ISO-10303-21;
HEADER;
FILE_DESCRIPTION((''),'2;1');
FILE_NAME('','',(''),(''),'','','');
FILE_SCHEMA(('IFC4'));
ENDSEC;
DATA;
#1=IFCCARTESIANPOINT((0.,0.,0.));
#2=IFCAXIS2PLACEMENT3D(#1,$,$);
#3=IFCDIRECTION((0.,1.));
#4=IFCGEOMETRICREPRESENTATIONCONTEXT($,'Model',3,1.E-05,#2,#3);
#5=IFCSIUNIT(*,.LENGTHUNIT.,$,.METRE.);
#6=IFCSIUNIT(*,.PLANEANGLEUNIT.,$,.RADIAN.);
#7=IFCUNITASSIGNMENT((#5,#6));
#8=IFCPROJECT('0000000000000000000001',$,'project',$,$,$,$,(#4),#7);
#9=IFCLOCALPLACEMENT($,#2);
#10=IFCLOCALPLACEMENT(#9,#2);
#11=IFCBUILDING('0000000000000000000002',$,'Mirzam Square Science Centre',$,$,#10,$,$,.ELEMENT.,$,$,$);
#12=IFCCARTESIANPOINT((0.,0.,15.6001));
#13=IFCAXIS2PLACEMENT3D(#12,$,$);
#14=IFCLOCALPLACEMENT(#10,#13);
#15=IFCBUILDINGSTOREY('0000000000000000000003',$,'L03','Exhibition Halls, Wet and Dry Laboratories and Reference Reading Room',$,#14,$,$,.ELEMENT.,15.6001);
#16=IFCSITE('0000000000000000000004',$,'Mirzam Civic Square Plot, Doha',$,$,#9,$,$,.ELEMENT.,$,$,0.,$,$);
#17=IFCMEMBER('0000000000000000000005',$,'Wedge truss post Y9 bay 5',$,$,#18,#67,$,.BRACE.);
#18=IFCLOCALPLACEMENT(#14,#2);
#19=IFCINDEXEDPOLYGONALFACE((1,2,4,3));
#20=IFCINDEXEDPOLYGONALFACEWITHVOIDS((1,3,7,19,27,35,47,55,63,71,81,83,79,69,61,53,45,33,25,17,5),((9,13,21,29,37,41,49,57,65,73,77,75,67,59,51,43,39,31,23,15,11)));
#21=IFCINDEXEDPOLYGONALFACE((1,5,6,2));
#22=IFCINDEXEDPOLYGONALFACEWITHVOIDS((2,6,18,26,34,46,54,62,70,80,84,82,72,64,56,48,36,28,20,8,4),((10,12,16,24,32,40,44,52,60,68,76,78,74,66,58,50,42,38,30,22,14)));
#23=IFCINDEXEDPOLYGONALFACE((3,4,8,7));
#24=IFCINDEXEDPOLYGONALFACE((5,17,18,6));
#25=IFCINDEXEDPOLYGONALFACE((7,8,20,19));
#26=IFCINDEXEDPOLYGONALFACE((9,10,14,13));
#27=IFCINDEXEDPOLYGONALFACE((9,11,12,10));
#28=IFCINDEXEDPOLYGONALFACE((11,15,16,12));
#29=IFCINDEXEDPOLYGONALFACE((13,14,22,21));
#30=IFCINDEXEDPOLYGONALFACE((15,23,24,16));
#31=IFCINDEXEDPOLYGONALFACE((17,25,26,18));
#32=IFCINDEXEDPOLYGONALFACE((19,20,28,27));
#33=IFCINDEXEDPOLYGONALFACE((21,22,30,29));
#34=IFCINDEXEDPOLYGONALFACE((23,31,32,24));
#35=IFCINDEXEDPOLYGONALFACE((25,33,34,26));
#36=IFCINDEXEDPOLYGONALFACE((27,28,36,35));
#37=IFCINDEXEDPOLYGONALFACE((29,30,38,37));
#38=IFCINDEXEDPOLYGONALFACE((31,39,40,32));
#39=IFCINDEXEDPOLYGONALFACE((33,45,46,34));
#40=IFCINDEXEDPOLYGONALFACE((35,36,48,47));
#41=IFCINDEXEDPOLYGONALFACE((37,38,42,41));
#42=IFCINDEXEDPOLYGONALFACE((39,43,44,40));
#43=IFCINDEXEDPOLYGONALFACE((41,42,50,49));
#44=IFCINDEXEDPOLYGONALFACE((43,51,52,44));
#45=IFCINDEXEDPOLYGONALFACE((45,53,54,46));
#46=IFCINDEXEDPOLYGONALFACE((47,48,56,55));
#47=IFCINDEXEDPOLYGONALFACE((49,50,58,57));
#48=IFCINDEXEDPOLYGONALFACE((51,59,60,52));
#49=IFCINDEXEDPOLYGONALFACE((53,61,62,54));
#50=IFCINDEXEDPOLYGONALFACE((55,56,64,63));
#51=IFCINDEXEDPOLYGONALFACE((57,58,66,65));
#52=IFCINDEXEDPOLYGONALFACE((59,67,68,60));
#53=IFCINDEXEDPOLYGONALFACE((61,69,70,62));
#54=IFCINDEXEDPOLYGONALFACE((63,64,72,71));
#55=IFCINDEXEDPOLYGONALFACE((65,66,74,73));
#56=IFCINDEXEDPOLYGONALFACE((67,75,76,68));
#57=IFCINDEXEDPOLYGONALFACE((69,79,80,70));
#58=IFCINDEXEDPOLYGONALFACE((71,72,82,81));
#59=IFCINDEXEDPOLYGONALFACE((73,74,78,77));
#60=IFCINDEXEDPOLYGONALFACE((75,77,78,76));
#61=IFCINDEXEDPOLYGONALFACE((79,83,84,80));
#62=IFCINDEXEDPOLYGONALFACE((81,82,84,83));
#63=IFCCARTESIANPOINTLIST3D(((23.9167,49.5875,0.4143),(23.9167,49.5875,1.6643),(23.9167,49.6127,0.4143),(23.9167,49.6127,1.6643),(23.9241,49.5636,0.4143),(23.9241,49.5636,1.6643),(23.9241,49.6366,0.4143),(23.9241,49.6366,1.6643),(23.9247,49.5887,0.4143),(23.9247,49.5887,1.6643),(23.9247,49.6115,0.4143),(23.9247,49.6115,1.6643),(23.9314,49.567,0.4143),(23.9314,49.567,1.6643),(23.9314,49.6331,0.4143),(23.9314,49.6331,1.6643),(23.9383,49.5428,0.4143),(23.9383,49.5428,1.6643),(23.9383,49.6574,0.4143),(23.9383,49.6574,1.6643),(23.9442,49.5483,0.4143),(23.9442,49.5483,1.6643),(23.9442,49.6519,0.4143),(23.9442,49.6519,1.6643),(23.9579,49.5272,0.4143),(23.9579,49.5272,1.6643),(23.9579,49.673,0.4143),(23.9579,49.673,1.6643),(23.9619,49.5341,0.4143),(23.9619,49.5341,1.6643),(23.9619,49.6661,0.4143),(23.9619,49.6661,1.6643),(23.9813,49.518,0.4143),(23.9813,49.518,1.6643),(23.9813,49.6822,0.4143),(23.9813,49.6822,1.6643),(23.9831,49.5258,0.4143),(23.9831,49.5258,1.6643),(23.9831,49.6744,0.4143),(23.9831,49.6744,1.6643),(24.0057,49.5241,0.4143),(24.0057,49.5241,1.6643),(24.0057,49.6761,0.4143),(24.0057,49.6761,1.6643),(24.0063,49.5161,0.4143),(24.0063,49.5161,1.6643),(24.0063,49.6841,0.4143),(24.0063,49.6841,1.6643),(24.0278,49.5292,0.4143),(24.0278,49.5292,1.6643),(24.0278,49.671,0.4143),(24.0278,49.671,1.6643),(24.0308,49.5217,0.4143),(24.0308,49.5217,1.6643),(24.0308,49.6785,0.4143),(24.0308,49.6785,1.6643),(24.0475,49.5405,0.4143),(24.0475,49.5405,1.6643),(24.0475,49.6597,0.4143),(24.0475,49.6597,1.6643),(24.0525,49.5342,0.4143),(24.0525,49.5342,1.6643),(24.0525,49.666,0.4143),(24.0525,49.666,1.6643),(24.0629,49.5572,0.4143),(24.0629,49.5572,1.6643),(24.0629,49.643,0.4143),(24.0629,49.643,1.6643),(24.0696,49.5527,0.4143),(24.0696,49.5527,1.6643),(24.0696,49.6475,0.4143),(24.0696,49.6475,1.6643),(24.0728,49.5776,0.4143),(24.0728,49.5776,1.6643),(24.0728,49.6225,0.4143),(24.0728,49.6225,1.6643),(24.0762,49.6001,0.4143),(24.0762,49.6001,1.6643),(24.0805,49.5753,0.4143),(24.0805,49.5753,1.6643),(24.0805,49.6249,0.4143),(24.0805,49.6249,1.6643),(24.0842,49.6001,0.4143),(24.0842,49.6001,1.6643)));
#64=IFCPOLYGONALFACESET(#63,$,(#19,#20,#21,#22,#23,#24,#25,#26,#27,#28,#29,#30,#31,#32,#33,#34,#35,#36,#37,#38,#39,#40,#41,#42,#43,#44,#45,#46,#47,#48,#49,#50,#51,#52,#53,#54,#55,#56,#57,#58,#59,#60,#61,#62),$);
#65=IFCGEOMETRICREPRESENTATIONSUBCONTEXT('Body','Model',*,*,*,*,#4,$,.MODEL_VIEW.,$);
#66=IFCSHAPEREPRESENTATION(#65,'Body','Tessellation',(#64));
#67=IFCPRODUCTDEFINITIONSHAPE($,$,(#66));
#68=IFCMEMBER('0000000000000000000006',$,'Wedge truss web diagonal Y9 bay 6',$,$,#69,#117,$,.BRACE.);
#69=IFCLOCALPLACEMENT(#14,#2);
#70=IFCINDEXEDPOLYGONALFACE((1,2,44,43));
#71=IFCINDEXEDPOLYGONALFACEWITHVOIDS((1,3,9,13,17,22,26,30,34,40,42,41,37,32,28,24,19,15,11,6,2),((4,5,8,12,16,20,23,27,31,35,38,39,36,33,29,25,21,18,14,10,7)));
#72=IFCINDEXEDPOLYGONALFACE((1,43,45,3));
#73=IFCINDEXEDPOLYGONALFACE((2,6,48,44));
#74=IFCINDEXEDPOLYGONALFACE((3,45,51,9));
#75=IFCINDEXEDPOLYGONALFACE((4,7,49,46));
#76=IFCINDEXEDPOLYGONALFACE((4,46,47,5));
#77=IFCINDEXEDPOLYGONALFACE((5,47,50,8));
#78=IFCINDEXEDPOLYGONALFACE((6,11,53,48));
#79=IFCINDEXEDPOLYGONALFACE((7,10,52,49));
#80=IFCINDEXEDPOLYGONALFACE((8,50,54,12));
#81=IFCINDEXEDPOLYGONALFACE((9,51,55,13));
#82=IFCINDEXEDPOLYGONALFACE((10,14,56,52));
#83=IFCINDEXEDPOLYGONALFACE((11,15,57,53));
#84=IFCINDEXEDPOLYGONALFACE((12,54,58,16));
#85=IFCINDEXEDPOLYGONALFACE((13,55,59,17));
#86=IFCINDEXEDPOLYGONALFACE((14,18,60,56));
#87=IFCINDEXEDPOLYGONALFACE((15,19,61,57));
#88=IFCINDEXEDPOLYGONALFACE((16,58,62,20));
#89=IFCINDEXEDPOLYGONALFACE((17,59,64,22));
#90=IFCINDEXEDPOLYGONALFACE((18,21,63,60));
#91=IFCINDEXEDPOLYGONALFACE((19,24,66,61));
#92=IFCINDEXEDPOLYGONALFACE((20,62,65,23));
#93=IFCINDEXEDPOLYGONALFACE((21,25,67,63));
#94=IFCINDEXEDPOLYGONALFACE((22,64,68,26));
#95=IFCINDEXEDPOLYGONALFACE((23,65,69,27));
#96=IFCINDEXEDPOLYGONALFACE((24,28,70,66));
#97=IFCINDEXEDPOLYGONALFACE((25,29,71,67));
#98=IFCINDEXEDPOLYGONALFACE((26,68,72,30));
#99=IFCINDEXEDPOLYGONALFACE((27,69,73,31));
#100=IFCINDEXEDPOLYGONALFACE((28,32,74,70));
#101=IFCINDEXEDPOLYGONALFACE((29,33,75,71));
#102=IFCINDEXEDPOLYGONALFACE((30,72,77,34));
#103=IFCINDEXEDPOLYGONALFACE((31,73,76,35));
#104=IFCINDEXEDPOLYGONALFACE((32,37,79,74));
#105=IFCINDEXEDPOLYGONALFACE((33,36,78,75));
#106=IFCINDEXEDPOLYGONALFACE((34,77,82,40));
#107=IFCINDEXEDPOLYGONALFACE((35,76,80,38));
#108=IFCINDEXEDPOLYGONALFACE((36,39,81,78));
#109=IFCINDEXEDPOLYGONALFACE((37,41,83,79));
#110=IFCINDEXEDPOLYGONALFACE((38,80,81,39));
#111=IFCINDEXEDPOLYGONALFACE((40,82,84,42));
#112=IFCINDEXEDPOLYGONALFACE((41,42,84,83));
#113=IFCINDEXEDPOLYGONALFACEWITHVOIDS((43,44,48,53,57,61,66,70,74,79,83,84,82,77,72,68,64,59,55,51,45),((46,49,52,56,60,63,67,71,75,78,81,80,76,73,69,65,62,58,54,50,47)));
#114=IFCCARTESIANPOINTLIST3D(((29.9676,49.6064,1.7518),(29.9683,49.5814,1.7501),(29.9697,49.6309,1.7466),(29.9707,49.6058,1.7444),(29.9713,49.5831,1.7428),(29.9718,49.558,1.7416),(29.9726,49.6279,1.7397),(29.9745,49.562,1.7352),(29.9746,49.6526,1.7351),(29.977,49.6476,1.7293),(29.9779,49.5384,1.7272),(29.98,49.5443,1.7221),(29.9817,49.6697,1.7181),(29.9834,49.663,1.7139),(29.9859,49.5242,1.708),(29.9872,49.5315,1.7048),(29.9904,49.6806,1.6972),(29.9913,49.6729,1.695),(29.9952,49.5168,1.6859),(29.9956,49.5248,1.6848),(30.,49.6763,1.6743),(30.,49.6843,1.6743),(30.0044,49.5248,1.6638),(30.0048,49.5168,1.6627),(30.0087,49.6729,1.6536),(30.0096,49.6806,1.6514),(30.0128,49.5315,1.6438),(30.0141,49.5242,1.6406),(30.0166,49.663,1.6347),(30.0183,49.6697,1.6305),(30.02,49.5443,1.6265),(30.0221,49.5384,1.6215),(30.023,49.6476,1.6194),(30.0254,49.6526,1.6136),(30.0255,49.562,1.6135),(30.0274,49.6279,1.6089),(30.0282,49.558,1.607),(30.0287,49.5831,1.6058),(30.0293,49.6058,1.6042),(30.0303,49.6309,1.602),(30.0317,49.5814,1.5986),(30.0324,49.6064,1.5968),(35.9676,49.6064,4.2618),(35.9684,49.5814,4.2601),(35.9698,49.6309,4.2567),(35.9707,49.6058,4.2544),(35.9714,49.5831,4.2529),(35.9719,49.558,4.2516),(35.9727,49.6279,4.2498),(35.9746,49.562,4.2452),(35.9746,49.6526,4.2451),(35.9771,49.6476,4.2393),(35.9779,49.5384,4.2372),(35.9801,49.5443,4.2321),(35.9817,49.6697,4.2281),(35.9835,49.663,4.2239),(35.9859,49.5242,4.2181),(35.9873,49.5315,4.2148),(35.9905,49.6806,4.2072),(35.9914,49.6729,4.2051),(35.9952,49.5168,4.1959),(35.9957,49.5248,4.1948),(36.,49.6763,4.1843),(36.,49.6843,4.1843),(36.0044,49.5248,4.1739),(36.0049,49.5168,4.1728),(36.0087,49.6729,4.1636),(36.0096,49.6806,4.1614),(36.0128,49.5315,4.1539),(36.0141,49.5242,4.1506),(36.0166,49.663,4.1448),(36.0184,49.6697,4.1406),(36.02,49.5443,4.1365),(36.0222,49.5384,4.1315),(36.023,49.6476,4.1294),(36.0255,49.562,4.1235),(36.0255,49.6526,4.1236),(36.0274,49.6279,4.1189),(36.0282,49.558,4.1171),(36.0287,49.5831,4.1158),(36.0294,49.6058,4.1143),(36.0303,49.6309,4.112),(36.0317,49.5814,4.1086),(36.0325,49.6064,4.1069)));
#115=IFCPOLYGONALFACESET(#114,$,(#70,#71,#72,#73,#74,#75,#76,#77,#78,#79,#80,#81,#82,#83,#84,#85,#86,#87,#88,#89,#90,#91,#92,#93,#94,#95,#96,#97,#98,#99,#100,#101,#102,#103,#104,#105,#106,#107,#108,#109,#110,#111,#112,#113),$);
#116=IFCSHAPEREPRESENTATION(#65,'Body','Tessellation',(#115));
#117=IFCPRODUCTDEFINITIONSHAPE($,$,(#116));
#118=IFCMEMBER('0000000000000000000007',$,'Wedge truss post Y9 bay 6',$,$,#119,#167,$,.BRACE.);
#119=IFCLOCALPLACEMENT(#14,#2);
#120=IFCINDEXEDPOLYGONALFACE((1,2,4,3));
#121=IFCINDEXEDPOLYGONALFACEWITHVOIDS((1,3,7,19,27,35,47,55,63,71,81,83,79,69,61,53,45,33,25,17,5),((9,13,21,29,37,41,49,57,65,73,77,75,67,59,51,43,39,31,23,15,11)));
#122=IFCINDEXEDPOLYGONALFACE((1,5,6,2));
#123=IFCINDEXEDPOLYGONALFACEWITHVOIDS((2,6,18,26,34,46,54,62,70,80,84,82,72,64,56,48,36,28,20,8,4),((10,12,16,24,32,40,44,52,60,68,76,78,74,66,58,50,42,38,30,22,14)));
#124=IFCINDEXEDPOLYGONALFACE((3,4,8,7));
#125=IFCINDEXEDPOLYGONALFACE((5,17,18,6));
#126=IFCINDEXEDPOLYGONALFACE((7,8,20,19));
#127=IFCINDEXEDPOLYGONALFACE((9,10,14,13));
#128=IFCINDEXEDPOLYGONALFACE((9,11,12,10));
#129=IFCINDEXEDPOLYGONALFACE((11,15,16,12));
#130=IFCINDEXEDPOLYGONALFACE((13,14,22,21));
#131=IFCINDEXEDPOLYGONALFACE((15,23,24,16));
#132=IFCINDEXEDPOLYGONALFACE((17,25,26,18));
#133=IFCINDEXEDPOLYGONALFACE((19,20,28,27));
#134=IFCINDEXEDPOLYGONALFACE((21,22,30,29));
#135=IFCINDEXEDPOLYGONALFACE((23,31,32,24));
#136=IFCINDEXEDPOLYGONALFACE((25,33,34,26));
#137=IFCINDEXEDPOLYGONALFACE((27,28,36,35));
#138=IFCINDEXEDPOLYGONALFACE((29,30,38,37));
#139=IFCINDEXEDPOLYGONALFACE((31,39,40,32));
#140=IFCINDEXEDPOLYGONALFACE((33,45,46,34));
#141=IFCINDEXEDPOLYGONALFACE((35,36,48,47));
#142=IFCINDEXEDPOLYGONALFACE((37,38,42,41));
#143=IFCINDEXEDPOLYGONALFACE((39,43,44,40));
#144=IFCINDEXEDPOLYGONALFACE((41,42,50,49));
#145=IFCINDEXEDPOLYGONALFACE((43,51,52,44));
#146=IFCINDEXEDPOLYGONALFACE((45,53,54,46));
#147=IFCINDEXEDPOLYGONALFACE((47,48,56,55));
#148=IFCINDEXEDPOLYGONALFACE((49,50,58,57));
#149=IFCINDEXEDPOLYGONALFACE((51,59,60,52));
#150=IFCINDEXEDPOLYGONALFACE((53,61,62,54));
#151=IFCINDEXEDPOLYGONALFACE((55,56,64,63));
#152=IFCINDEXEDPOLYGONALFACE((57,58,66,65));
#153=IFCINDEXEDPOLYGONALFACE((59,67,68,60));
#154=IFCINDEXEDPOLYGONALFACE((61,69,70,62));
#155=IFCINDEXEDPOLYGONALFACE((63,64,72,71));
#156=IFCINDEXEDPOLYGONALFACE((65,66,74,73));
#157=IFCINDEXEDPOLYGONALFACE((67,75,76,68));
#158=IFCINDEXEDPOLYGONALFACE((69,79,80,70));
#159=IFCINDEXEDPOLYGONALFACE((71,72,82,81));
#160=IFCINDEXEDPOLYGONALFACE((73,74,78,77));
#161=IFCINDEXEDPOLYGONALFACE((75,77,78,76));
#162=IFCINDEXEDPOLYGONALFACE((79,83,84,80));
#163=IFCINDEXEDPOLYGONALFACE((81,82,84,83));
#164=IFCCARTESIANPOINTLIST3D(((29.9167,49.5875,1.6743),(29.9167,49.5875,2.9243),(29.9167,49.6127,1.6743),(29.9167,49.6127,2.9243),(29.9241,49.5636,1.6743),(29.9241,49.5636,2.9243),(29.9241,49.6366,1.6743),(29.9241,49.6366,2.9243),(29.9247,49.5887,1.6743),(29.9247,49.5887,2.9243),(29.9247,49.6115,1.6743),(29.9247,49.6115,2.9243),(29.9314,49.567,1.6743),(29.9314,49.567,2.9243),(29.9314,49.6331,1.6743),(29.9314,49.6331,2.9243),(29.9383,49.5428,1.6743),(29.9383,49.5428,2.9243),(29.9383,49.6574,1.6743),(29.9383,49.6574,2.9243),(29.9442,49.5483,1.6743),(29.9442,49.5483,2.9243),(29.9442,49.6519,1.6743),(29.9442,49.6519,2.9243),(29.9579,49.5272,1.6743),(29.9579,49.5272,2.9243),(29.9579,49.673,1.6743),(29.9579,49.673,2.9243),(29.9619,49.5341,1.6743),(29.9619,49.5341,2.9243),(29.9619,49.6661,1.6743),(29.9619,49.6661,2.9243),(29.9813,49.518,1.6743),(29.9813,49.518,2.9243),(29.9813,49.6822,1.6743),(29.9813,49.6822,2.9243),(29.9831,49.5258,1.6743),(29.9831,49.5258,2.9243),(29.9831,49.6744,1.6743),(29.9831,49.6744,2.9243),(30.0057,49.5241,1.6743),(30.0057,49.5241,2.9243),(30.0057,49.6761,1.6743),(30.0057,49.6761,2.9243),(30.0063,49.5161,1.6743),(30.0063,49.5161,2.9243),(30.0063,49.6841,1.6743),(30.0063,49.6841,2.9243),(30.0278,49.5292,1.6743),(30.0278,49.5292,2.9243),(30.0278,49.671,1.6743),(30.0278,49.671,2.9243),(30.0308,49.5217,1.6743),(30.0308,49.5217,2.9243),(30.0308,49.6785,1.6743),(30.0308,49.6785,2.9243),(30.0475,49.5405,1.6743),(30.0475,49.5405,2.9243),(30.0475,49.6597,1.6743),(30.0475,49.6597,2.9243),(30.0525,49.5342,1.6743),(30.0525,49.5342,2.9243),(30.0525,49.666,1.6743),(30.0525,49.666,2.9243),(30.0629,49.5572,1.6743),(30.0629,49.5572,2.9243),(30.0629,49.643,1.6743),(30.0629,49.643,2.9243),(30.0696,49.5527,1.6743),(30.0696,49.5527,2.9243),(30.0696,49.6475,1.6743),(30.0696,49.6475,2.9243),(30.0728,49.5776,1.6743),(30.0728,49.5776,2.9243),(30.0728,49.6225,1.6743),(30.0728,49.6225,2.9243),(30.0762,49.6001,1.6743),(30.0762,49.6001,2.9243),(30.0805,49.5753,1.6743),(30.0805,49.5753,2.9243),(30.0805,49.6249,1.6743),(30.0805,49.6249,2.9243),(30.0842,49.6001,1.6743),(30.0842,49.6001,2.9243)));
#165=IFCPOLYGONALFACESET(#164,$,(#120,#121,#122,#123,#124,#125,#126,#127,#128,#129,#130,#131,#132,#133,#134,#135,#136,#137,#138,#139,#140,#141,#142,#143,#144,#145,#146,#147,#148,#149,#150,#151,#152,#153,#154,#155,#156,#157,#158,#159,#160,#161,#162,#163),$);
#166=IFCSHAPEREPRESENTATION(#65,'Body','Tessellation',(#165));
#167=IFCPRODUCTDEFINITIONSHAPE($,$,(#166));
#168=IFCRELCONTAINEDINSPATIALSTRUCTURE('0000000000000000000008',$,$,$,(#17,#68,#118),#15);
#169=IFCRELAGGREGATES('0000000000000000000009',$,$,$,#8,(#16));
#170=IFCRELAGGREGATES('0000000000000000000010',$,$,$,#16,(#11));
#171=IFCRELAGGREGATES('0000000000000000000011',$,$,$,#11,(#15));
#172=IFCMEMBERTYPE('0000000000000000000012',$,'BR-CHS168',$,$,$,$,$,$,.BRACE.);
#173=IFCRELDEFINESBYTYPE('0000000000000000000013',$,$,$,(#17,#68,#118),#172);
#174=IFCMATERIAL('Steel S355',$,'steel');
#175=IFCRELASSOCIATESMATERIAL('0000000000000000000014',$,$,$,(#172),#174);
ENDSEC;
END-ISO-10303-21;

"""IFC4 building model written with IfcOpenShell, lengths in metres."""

from ifc_helpers import new_model, si_unit, direction, frame, origin, origin_2d, place, context, subcontext, project, spatial, hollow_circle, extrude, material, material_profile, profile_set, type_object, element, save


model = new_model("IFC4")

# Units and contexts
model_context = context("Model", 3, precision=1e-05, world=origin(), true_north=direction((0.0, 1.0)))
body_context = subcontext(model_context, "Body", "Model", "MODEL_VIEW")
ifc_project = project(units=[si_unit("LENGTHUNIT", "METRE"), si_unit("PLANEANGLEUNIT", "RADIAN")], contexts=[model_context])

# Site, building, storey
site_placement = place(None, origin())
site = spatial("IfcSite", under=ifc_project, at=site_placement, Name="Mirzam Civic Square Plot, Doha", CompositionType="ELEMENT", RefElevation=0.0)
building_placement = place(site_placement, origin())
building = spatial("IfcBuilding", under=site, at=building_placement, Name="Mirzam Square Science Centre", CompositionType="ELEMENT")
storey_placement = place(building_placement, frame((0.0, 0.0, 15.6001)))
storey = spatial("IfcBuildingStorey", under=building, at=storey_placement, Name="L03", Description="Exhibition Halls, Wet and Dry Laboratories and Reference Reading Room", CompositionType="ELEMENT", Elevation=15.6001)

# Members
ifc_material = material(Name="Steel S355", Category="steel")
ifc_material_profile_1 = material_profile(ifc_material, hollow_circle(Radius=0.0842, WallThickness=0.0081, at=origin_2d()), Name="168.3x8.0CHS")
ifc_profile_set_1 = profile_set([ifc_material_profile_1], Name="Steel S355")
member_type_1 = type_object("IfcMemberType", Name="BR-CHS168", PredefinedType="BRACE", material=ifc_profile_set_1)
member_1_placement = place(storey_placement, frame((24.0, 49.6001, 0.4143), z_axis=(0.0, 0.0, 1.0), x_axis=(1.0, 0.0, 0.0)))
element("IfcMember", 1, at=member_1_placement, inside=storey, type_object=member_type_1, Name="Wedge truss post Y9 bay 5", PredefinedType="BRACE", context=body_context, shape_type="SweptSolid", body=[
    extrude(hollow_circle(Radius=0.0842, WallThickness=0.0081, at=origin_2d()), origin(), (0.0, 0.0, 1.0), 1.25),
])
member_2_placement = place(storey_placement, frame((30.0, 49.6001, 1.6743), z_axis=(0.92253, 0.0, 0.385926), x_axis=(0.0, 1.0, 0.0)))
element("IfcMember", 2, at=member_2_placement, inside=storey, type_object=member_type_1, Name="Wedge truss web diagonal Y9 bay 6", PredefinedType="BRACE", context=body_context, shape_type="SweptSolid", body=[
    extrude(hollow_circle(Radius=0.0842, WallThickness=0.0081, at=origin_2d()), origin(), (0.0, 0.0, 1.0), 6.5039),
])
member_3_placement = place(storey_placement, frame((30.0, 49.6001, 1.6743), z_axis=(0.0, 0.0, 1.0), x_axis=(1.0, 0.0, 0.0)))
element("IfcMember", 3, at=member_3_placement, inside=storey, type_object=member_type_1, Name="Wedge truss post Y9 bay 6", PredefinedType="BRACE", context=body_context, shape_type="SweptSolid", body=[
    extrude(hollow_circle(Radius=0.0842, WallThickness=0.0081, at=origin_2d()), origin(), (0.0, 0.0, 1.0), 1.25),
])

save(model, "model.ifc")
